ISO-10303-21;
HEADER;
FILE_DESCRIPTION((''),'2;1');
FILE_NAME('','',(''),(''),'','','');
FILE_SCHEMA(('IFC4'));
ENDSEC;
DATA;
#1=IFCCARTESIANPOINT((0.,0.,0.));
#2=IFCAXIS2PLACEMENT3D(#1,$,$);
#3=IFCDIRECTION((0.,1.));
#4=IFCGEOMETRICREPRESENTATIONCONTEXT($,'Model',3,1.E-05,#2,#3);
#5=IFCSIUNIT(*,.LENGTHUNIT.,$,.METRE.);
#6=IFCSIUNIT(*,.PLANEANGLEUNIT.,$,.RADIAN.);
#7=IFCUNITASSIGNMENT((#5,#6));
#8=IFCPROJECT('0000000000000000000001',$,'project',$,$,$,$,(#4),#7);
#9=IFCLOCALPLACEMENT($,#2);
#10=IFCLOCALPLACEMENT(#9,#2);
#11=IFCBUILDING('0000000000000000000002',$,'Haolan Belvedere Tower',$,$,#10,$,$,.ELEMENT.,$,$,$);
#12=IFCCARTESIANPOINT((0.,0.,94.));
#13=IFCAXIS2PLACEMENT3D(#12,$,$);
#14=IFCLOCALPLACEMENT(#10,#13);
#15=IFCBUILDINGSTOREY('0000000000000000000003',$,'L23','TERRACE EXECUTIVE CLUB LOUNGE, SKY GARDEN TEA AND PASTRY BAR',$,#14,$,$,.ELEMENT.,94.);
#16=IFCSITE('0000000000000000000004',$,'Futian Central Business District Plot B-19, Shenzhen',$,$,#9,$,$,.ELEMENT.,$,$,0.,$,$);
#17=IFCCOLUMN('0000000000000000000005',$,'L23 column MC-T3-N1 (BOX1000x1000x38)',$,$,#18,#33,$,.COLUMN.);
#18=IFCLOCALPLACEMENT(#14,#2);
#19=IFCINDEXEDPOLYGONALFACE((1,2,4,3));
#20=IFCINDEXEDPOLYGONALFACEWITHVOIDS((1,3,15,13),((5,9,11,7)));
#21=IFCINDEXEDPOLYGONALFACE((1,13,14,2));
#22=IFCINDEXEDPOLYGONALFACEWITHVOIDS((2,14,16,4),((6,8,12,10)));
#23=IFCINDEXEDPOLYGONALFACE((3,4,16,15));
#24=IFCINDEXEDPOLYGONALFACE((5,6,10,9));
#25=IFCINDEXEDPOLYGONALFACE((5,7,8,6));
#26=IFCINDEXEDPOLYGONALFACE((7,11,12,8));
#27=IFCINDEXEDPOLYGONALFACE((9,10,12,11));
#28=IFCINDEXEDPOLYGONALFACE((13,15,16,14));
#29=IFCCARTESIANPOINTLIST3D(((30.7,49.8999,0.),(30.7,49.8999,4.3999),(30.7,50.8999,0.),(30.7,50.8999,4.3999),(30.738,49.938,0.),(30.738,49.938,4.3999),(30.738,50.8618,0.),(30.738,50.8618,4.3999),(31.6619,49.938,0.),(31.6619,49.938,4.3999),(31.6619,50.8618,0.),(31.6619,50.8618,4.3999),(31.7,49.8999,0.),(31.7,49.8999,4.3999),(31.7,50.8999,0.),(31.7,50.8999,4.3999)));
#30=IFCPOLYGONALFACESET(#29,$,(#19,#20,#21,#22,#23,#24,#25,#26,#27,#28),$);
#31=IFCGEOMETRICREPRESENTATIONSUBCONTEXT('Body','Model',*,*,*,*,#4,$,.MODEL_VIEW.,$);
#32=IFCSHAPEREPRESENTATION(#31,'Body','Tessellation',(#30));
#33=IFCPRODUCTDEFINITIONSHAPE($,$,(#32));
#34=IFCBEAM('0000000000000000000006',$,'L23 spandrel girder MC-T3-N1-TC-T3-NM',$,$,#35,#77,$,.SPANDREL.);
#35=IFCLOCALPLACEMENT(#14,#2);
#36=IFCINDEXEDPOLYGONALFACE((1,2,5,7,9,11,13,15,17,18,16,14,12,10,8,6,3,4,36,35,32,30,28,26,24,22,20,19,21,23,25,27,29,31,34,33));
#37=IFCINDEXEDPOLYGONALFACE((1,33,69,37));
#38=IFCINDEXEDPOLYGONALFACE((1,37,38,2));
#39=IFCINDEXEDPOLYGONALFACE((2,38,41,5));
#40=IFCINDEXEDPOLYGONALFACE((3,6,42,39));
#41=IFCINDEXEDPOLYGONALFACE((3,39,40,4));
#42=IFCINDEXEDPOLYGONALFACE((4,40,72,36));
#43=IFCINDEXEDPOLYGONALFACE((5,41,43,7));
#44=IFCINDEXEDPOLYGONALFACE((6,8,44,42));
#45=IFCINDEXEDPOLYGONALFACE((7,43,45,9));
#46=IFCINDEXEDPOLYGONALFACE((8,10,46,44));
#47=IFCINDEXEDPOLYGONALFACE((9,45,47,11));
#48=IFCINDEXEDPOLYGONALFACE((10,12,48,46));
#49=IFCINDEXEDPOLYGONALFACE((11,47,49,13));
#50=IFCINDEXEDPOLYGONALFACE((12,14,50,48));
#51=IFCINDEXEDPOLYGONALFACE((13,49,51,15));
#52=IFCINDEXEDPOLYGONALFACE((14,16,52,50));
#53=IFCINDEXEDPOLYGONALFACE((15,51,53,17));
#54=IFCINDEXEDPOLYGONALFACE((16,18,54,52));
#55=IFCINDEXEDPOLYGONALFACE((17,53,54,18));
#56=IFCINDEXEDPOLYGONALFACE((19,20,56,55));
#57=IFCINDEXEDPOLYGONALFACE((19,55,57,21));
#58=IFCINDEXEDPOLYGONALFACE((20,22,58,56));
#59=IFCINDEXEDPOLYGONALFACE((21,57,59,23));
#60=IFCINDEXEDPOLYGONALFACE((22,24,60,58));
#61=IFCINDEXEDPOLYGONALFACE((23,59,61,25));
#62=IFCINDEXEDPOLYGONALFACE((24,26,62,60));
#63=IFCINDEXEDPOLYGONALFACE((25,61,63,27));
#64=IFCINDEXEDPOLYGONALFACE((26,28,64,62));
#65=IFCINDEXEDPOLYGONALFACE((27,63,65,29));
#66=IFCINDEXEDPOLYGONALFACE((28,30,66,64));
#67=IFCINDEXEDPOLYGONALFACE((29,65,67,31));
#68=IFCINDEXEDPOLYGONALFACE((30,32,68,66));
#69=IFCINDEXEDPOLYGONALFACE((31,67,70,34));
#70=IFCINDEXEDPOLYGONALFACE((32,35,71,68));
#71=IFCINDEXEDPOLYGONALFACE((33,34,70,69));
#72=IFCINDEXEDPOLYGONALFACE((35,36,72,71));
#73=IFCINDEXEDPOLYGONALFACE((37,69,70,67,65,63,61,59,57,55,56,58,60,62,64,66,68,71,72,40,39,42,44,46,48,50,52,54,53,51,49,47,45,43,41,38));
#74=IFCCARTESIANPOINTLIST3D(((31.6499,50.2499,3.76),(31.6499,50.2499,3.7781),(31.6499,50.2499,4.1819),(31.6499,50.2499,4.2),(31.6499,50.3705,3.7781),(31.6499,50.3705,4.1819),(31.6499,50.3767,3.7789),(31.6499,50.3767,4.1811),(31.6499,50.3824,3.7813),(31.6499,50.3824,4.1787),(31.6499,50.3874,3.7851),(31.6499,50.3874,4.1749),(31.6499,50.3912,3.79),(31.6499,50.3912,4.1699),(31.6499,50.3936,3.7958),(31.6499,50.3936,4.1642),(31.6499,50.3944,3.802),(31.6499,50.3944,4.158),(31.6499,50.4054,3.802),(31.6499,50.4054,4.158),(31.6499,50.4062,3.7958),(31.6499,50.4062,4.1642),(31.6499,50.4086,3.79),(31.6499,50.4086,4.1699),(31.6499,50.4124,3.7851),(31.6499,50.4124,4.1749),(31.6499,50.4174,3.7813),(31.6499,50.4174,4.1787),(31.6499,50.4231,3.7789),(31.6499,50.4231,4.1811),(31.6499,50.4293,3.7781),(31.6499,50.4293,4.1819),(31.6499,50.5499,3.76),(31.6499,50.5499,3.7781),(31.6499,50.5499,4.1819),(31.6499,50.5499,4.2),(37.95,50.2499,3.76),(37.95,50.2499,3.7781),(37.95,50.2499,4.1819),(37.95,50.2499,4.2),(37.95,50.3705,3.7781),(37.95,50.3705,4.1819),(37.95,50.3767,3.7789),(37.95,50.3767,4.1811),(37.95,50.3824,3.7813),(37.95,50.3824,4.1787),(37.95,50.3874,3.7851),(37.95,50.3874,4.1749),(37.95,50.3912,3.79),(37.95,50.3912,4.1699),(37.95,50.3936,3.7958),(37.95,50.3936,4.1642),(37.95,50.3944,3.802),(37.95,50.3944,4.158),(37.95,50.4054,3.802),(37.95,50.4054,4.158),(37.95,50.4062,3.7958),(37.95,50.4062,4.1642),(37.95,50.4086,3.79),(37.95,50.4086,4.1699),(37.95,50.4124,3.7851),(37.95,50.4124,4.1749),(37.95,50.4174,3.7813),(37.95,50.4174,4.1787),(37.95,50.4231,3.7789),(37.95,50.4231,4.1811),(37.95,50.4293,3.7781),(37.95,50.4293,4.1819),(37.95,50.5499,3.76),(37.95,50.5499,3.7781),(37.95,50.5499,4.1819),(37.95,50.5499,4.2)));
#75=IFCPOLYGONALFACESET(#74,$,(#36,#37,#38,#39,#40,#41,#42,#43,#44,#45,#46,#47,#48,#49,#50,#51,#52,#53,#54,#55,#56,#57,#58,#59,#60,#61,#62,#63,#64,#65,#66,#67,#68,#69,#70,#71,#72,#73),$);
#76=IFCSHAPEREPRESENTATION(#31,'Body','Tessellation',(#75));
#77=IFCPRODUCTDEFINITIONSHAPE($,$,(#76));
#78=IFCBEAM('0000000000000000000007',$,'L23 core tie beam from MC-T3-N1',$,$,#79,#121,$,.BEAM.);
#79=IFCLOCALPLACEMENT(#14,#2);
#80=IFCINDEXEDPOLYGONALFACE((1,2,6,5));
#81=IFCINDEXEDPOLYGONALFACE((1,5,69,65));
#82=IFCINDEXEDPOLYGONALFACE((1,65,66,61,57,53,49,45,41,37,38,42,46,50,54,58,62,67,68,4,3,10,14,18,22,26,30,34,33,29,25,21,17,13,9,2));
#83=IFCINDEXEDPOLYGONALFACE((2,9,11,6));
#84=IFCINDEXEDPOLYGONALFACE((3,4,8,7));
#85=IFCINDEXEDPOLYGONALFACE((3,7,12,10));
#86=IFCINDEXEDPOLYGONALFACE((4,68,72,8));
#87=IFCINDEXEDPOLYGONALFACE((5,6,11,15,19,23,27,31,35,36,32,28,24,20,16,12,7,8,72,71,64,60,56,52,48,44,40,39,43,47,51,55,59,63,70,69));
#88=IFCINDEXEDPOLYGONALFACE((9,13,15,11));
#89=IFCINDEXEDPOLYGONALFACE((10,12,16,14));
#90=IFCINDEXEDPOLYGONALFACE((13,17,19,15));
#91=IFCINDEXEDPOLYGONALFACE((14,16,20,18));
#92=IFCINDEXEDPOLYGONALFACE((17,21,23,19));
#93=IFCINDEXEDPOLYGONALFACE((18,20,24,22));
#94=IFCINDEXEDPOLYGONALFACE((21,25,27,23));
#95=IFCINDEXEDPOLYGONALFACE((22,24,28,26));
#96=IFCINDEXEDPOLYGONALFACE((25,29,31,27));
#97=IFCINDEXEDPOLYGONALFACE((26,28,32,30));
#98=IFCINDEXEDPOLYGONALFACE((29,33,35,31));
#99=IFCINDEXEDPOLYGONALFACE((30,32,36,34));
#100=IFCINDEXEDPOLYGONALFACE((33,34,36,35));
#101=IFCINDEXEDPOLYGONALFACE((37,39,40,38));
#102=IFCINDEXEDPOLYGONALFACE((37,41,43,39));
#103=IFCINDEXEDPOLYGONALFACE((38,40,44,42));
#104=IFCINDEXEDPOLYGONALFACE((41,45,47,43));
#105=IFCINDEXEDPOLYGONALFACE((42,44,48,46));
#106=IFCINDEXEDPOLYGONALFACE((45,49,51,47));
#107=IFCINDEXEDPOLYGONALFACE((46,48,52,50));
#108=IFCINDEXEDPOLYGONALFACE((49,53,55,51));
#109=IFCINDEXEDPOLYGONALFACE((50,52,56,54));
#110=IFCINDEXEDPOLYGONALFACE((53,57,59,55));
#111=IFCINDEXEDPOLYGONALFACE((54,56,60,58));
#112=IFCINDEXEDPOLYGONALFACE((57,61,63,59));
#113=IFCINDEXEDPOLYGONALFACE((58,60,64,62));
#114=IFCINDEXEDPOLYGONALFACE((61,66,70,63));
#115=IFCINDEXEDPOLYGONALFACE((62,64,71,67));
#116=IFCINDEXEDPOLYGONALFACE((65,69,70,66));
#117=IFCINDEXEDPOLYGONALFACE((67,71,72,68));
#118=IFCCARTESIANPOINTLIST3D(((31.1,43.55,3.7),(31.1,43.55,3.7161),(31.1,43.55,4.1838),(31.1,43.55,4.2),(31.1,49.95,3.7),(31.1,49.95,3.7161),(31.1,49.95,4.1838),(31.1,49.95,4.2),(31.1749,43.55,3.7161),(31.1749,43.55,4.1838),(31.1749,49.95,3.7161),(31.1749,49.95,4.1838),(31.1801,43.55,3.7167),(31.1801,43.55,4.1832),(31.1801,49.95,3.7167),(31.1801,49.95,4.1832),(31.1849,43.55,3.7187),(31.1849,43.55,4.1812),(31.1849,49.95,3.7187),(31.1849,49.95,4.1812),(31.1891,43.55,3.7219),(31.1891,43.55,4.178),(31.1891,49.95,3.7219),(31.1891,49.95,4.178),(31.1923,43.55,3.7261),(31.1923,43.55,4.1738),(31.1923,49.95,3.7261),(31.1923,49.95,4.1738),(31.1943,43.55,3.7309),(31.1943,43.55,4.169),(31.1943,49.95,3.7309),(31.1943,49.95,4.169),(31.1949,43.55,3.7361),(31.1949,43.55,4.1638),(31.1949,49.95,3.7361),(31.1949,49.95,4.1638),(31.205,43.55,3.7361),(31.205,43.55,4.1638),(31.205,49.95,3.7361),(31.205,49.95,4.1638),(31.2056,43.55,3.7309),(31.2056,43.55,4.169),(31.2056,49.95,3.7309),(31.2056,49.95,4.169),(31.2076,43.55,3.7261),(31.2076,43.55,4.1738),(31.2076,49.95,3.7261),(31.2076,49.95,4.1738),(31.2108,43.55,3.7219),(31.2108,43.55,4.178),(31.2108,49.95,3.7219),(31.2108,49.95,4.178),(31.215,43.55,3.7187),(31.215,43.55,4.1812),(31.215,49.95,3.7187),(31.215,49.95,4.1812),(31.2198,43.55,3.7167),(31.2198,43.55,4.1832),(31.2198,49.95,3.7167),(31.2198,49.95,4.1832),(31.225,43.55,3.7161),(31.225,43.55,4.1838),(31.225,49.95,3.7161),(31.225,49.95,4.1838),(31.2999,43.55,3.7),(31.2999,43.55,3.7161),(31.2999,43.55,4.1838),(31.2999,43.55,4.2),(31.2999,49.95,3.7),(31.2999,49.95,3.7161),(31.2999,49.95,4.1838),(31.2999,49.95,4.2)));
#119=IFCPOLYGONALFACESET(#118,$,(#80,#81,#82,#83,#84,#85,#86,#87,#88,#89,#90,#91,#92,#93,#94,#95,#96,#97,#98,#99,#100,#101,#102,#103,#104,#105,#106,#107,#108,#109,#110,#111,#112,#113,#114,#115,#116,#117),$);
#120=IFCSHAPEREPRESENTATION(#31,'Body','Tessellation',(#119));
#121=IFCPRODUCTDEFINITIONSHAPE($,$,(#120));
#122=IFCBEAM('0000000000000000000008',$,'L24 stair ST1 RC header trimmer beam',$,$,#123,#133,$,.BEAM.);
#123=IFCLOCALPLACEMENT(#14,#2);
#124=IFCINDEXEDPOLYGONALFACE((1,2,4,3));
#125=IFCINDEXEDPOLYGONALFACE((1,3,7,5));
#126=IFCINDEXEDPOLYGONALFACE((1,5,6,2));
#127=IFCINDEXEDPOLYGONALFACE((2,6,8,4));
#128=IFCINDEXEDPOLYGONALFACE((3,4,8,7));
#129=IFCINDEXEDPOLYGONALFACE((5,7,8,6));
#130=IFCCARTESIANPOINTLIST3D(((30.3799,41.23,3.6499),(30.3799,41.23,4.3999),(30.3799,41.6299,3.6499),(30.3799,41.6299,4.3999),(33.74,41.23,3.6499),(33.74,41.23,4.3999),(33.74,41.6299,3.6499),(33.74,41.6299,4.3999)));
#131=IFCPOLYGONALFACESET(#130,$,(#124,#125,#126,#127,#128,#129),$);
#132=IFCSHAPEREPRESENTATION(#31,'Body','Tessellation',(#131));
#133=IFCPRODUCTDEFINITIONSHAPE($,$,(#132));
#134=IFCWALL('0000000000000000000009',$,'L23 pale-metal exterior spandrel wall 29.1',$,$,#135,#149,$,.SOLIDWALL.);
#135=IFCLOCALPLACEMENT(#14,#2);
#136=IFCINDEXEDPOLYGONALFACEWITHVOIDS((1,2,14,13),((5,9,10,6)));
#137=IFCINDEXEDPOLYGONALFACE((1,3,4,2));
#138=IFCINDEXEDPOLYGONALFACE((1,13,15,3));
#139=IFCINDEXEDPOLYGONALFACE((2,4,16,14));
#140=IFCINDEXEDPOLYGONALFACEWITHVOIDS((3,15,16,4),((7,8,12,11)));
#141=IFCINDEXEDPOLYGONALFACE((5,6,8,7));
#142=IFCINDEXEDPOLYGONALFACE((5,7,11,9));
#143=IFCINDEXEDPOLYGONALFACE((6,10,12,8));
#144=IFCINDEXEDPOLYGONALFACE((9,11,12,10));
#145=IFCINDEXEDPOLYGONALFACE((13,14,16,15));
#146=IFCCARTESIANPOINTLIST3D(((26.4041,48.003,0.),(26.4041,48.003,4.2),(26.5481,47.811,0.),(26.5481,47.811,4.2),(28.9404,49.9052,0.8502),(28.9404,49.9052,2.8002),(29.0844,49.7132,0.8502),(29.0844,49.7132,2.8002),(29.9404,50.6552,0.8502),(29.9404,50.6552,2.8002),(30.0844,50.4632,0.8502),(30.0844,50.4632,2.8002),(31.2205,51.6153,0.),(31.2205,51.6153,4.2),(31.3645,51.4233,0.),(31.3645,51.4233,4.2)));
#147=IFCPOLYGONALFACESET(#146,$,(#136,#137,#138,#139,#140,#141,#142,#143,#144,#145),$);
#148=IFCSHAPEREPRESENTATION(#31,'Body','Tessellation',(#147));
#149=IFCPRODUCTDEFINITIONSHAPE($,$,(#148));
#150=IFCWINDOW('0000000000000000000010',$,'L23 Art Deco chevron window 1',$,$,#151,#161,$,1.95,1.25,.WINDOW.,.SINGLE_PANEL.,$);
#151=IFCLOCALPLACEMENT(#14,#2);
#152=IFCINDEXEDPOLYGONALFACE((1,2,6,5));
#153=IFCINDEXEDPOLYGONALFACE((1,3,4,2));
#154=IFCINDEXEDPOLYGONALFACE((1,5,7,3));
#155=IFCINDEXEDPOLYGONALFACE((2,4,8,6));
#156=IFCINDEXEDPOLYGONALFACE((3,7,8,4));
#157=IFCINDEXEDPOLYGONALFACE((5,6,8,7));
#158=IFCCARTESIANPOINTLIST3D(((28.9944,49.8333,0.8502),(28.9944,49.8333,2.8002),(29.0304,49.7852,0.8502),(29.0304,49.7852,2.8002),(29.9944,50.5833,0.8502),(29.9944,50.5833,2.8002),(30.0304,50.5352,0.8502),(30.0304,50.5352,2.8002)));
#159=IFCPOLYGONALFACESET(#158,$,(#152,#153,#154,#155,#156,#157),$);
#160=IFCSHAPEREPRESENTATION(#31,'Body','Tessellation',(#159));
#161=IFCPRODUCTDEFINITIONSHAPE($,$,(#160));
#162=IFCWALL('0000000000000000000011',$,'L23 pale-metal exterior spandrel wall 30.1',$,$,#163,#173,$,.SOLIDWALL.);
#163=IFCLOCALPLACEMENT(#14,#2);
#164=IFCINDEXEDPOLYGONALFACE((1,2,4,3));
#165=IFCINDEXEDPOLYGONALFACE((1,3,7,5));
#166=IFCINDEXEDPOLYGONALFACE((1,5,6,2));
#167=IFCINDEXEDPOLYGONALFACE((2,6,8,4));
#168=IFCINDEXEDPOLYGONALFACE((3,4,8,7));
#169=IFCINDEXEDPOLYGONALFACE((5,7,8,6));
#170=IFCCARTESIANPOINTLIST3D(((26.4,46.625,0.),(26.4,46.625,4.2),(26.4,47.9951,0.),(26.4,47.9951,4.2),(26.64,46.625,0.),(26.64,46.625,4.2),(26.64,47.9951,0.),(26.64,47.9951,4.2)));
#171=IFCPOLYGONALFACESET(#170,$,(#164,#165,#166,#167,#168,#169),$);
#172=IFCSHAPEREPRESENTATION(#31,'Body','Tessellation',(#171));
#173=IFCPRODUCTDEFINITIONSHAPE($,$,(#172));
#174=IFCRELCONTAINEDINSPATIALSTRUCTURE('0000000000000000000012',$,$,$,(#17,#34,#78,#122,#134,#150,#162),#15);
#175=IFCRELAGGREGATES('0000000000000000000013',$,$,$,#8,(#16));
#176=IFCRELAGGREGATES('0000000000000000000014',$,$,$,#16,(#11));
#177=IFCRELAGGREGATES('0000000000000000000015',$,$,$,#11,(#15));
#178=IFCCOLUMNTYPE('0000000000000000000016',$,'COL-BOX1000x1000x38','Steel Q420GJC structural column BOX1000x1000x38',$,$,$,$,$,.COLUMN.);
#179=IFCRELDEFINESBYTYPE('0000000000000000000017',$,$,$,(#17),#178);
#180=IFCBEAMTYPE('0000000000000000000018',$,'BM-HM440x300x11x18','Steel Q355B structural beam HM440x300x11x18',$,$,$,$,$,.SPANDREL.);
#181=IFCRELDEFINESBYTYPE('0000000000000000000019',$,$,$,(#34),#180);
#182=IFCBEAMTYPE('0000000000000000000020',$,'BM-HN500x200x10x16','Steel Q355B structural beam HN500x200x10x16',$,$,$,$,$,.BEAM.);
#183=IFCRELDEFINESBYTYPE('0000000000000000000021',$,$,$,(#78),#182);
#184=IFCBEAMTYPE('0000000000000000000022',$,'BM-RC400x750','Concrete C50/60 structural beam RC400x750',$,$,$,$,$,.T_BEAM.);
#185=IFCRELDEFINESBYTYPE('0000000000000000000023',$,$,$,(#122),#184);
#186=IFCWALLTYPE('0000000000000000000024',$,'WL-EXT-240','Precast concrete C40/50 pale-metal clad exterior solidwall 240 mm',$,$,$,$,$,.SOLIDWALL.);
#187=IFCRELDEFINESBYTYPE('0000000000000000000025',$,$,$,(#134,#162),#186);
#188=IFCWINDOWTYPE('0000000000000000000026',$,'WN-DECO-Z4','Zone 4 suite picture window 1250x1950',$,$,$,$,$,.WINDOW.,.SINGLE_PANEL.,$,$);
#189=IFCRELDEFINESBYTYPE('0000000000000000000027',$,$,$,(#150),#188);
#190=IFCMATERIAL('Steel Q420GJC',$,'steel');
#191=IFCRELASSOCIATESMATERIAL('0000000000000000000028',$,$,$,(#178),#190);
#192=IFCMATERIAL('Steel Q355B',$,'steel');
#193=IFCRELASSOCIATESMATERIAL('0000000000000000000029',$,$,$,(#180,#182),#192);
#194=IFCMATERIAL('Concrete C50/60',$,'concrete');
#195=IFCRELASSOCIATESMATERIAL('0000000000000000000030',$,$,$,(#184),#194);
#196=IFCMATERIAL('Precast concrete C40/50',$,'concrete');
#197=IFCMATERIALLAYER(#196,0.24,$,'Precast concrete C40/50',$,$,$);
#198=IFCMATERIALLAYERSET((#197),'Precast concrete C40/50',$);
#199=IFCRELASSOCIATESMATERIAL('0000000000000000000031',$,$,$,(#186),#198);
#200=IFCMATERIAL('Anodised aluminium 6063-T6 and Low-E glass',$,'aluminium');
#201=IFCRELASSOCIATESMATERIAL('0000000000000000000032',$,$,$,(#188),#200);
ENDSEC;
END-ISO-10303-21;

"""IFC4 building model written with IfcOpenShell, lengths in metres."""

from ifc_helpers import new_model, si_unit, direction, frame, frame_2d, origin, origin_2d, place, context, subcontext, project, spatial, rectangle, hollow_rectangle, i_section, extrude, material, layer, layer_set, material_profile, profile_set, type_object, element, fill, save


model = new_model("IFC4")

# Units and contexts
model_context = context("Model", 3, precision=1e-05, world=origin(), true_north=direction((0.0, 1.0)))
body_context = subcontext(model_context, "Body", "Model", "MODEL_VIEW")
ifc_project = project(units=[si_unit("LENGTHUNIT", "METRE"), si_unit("PLANEANGLEUNIT", "RADIAN")], contexts=[model_context])

# Site, building, storey
site_placement = place(None, origin())
site = spatial("IfcSite", under=ifc_project, at=site_placement, Name="Futian Central Business District Plot B-19, Shenzhen", CompositionType="ELEMENT", RefElevation=0.0)
building_placement = place(site_placement, origin())
building = spatial("IfcBuilding", under=site, at=building_placement, Name="Haolan Belvedere Tower", CompositionType="ELEMENT")
storey_placement = place(building_placement, frame((0.0, 0.0, 94.0)))
storey = spatial("IfcBuildingStorey", under=building, at=storey_placement, Name="L23", Description="TERRACE EXECUTIVE CLUB LOUNGE, SKY GARDEN TEA AND PASTRY BAR", CompositionType="ELEMENT", Elevation=94.0)

# Column
ifc_material_1 = material(Name="Steel Q420GJC", Category="steel")
ifc_material_profile_1 = material_profile(ifc_material_1, hollow_rectangle(XDim=1.0, YDim=1.0, WallThickness=0.0381, at=origin_2d()), Name="Steel Q420GJC")
ifc_profile_set_1 = profile_set([ifc_material_profile_1], Name="Steel Q420GJC")
column_type = type_object("IfcColumnType", Name="COL-BOX1000x1000x38", Description="Steel Q420GJC structural column BOX1000x1000x38", PredefinedType="COLUMN", material=ifc_profile_set_1)
column_placement = place(storey_placement, frame((31.2, 50.3999, 0.0), z_axis=(0.0, 0.0, 1.0), x_axis=(1.0, 0.0, 0.0)))
element("IfcColumn", 1, at=column_placement, inside=storey, type_object=column_type, Name="L23 column MC-T3-N1 (BOX1000x1000x38)", PredefinedType="COLUMN", context=body_context, shape_type="SweptSolid", body=[
    extrude(hollow_rectangle(XDim=1.0, YDim=1.0, WallThickness=0.0381, at=origin_2d()), origin(), (0.0, 0.0, 1.0), 4.3999),
])

# Beams
ifc_material_2 = material(Name="Steel Q355B", Category="steel")
ifc_material_profile_2 = material_profile(ifc_material_2, i_section(OverallWidth=0.3, OverallDepth=0.4399, WebThickness=0.011, FlangeThickness=0.0181, FilletRadius=0.0239, at=origin_2d()), Name="Steel Q355B")
ifc_profile_set_2 = profile_set([ifc_material_profile_2], Name="Steel Q355B")
beam_type_1 = type_object("IfcBeamType", Name="BM-HM440x300x11x18", Description="Steel Q355B structural beam HM440x300x11x18", PredefinedType="SPANDREL", material=ifc_profile_set_2)
beam_1_placement = place(storey_placement, frame((31.6499, 50.3999, 3.98), z_axis=(1.0, 0.0, 0.0), x_axis=(0.0, 1.0, 0.0)))
element("IfcBeam", 2, at=beam_1_placement, inside=storey, type_object=beam_type_1, Name="L23 spandrel girder MC-T3-N1-TC-T3-NM", PredefinedType="SPANDREL", context=body_context, shape_type="SweptSolid", body=[
    extrude(i_section(OverallWidth=0.3, OverallDepth=0.4399, WebThickness=0.011, FlangeThickness=0.0181, FilletRadius=0.0239, at=origin_2d()), origin(), (0.0, 0.0, 1.0), 6.3),
])
ifc_material_profile_3 = material_profile(ifc_material_2, i_section(OverallWidth=0.2, OverallDepth=0.5, WebThickness=0.01, FlangeThickness=0.0161, FilletRadius=0.02, at=origin_2d()), Name="Steel Q355B")
ifc_profile_set_3 = profile_set([ifc_material_profile_3], Name="Steel Q355B")
beam_type_2 = type_object("IfcBeamType", Name="BM-HN500x200x10x16", Description="Steel Q355B structural beam HN500x200x10x16", PredefinedType="BEAM", material=ifc_profile_set_3)
beam_2_placement = place(storey_placement, frame((31.2, 49.95, 3.95), z_axis=(0.0, -1.0, 0.0), x_axis=(1.0, 0.0, 0.0)))
element("IfcBeam", 3, at=beam_2_placement, inside=storey, type_object=beam_type_2, Name="L23 core tie beam from MC-T3-N1", PredefinedType="BEAM", context=body_context, shape_type="SweptSolid", body=[
    extrude(i_section(OverallWidth=0.2, OverallDepth=0.5, WebThickness=0.01, FlangeThickness=0.0161, FilletRadius=0.02, at=origin_2d()), origin(), (0.0, 0.0, 1.0), 6.3999),
])
ifc_material_3 = material(Name="Concrete C50/60", Category="concrete")
ifc_material_profile_4 = material_profile(ifc_material_3, rectangle(XDim=0.3999, YDim=0.75, at=origin_2d()), Name="Concrete C50/60")
ifc_profile_set_4 = profile_set([ifc_material_profile_4], Name="Concrete C50/60")
beam_type_3 = type_object("IfcBeamType", Name="BM-RC400x750", Description="Concrete C50/60 structural beam RC400x750", PredefinedType="T_BEAM", material=ifc_profile_set_4)
beam_3_placement = place(storey_placement, frame((30.3799, 41.4299, 4.0249), z_axis=(1.0, 0.0, 0.0), x_axis=(0.0, 1.0, 0.0)))
element("IfcBeam", 4, at=beam_3_placement, inside=storey, type_object=beam_type_3, Name="L24 stair ST1 RC header trimmer beam", PredefinedType="BEAM", context=body_context, shape_type="SweptSolid", body=[
    extrude(rectangle(XDim=0.3999, YDim=0.75, at=origin_2d()), origin(), (0.0, 0.0, 1.0), 3.3601),
])

# Wall, opening, window
ifc_material_4 = material(Name="Precast concrete C40/50", Category="concrete")
ifc_layer_1 = layer(ifc_material_4, 0.24, Name="Precast concrete C40/50")
ifc_layer_set_1 = layer_set([ifc_layer_1], Name="Precast concrete C40/50")
wall_type_1 = type_object("IfcWallType", Name="WL-EXT-240", Description="Precast concrete C40/50 pale-metal clad exterior solidwall 240 mm", PredefinedType="SOLIDWALL", material=ifc_layer_set_1)
wall_1_placement = place(storey_placement, frame((31.2925, 51.5193, 0.0), z_axis=(0.0, 0.0, 1.0), x_axis=(-0.8, -0.6, 0.0)))
wall_1 = element("IfcWall", 5, at=wall_1_placement, inside=storey, type_object=wall_type_1, Name="L23 pale-metal exterior spandrel wall 29.1", PredefinedType="SOLIDWALL", context=body_context, shape_type="SweptSolid", body=[
    extrude(rectangle(XDim=6.0205, YDim=0.24, at=frame_2d((3.0103, 0.0))), origin(), (0.0, 0.0, 1.0), 4.2),
])
opening_1_placement = place(wall_1_placement, frame((1.6001, 0.0, 0.8501)))
opening_1 = element("IfcOpeningElement", 6, at=opening_1_placement, cuts=wall_1, PredefinedType="OPENING", context=body_context, shape_type="SweptSolid", body=[
    extrude(rectangle(XDim=1.25, YDim=1.95, at=frame_2d((0.625, 0.9751))), frame((0.0, 0.1299, 0.0), z_axis=(0.0, -1.0, 0.0), x_axis=(1.0, 0.0, 0.0)), (0.0, 0.0, 1.0), 0.26),
])
ifc_material_5 = material(Name="Anodised aluminium 6063-T6 and Low-E glass", Category="aluminium")
window_type = type_object("IfcWindowType", Name="WN-DECO-Z4", Description="Zone 4 suite picture window 1250x1950", PartitioningType="SINGLE_PANEL", PredefinedType="WINDOW", material=ifc_material_5)
window_placement = place(opening_1_placement, origin())
window = element("IfcWindow", 7, at=window_placement, inside=storey, type_object=window_type, Name="L23 Art Deco chevron window 1", OverallHeight=1.95, OverallWidth=1.25, PartitioningType="SINGLE_PANEL", PredefinedType="WINDOW", context=body_context, shape_type="SweptSolid", body=[
    extrude(rectangle(XDim=1.25, YDim=1.95, at=frame_2d((0.625, 0.9751))), frame((0.0, 0.03, 0.0), z_axis=(0.0, -1.0, 0.0), x_axis=(1.0, 0.0, 0.0)), (0.0, 0.0, 1.0), 0.0601),
])
fill(opening_1, window)

# Wall
wall_2_placement = place(storey_placement, frame((26.52, 47.9951, 0.0), z_axis=(0.0, 0.0, 1.0), x_axis=(0.0, -1.0, 0.0)))
element("IfcWall", 8, at=wall_2_placement, inside=storey, type_object=wall_type_1, Name="L23 pale-metal exterior spandrel wall 30.1", PredefinedType="SOLIDWALL", context=body_context, shape_type="SweptSolid", body=[
    extrude(rectangle(XDim=1.3701, YDim=0.24, at=frame_2d((0.6851, 0.0))), origin(), (0.0, 0.0, 1.0), 4.2),
])

save(model, "model.ifc")
